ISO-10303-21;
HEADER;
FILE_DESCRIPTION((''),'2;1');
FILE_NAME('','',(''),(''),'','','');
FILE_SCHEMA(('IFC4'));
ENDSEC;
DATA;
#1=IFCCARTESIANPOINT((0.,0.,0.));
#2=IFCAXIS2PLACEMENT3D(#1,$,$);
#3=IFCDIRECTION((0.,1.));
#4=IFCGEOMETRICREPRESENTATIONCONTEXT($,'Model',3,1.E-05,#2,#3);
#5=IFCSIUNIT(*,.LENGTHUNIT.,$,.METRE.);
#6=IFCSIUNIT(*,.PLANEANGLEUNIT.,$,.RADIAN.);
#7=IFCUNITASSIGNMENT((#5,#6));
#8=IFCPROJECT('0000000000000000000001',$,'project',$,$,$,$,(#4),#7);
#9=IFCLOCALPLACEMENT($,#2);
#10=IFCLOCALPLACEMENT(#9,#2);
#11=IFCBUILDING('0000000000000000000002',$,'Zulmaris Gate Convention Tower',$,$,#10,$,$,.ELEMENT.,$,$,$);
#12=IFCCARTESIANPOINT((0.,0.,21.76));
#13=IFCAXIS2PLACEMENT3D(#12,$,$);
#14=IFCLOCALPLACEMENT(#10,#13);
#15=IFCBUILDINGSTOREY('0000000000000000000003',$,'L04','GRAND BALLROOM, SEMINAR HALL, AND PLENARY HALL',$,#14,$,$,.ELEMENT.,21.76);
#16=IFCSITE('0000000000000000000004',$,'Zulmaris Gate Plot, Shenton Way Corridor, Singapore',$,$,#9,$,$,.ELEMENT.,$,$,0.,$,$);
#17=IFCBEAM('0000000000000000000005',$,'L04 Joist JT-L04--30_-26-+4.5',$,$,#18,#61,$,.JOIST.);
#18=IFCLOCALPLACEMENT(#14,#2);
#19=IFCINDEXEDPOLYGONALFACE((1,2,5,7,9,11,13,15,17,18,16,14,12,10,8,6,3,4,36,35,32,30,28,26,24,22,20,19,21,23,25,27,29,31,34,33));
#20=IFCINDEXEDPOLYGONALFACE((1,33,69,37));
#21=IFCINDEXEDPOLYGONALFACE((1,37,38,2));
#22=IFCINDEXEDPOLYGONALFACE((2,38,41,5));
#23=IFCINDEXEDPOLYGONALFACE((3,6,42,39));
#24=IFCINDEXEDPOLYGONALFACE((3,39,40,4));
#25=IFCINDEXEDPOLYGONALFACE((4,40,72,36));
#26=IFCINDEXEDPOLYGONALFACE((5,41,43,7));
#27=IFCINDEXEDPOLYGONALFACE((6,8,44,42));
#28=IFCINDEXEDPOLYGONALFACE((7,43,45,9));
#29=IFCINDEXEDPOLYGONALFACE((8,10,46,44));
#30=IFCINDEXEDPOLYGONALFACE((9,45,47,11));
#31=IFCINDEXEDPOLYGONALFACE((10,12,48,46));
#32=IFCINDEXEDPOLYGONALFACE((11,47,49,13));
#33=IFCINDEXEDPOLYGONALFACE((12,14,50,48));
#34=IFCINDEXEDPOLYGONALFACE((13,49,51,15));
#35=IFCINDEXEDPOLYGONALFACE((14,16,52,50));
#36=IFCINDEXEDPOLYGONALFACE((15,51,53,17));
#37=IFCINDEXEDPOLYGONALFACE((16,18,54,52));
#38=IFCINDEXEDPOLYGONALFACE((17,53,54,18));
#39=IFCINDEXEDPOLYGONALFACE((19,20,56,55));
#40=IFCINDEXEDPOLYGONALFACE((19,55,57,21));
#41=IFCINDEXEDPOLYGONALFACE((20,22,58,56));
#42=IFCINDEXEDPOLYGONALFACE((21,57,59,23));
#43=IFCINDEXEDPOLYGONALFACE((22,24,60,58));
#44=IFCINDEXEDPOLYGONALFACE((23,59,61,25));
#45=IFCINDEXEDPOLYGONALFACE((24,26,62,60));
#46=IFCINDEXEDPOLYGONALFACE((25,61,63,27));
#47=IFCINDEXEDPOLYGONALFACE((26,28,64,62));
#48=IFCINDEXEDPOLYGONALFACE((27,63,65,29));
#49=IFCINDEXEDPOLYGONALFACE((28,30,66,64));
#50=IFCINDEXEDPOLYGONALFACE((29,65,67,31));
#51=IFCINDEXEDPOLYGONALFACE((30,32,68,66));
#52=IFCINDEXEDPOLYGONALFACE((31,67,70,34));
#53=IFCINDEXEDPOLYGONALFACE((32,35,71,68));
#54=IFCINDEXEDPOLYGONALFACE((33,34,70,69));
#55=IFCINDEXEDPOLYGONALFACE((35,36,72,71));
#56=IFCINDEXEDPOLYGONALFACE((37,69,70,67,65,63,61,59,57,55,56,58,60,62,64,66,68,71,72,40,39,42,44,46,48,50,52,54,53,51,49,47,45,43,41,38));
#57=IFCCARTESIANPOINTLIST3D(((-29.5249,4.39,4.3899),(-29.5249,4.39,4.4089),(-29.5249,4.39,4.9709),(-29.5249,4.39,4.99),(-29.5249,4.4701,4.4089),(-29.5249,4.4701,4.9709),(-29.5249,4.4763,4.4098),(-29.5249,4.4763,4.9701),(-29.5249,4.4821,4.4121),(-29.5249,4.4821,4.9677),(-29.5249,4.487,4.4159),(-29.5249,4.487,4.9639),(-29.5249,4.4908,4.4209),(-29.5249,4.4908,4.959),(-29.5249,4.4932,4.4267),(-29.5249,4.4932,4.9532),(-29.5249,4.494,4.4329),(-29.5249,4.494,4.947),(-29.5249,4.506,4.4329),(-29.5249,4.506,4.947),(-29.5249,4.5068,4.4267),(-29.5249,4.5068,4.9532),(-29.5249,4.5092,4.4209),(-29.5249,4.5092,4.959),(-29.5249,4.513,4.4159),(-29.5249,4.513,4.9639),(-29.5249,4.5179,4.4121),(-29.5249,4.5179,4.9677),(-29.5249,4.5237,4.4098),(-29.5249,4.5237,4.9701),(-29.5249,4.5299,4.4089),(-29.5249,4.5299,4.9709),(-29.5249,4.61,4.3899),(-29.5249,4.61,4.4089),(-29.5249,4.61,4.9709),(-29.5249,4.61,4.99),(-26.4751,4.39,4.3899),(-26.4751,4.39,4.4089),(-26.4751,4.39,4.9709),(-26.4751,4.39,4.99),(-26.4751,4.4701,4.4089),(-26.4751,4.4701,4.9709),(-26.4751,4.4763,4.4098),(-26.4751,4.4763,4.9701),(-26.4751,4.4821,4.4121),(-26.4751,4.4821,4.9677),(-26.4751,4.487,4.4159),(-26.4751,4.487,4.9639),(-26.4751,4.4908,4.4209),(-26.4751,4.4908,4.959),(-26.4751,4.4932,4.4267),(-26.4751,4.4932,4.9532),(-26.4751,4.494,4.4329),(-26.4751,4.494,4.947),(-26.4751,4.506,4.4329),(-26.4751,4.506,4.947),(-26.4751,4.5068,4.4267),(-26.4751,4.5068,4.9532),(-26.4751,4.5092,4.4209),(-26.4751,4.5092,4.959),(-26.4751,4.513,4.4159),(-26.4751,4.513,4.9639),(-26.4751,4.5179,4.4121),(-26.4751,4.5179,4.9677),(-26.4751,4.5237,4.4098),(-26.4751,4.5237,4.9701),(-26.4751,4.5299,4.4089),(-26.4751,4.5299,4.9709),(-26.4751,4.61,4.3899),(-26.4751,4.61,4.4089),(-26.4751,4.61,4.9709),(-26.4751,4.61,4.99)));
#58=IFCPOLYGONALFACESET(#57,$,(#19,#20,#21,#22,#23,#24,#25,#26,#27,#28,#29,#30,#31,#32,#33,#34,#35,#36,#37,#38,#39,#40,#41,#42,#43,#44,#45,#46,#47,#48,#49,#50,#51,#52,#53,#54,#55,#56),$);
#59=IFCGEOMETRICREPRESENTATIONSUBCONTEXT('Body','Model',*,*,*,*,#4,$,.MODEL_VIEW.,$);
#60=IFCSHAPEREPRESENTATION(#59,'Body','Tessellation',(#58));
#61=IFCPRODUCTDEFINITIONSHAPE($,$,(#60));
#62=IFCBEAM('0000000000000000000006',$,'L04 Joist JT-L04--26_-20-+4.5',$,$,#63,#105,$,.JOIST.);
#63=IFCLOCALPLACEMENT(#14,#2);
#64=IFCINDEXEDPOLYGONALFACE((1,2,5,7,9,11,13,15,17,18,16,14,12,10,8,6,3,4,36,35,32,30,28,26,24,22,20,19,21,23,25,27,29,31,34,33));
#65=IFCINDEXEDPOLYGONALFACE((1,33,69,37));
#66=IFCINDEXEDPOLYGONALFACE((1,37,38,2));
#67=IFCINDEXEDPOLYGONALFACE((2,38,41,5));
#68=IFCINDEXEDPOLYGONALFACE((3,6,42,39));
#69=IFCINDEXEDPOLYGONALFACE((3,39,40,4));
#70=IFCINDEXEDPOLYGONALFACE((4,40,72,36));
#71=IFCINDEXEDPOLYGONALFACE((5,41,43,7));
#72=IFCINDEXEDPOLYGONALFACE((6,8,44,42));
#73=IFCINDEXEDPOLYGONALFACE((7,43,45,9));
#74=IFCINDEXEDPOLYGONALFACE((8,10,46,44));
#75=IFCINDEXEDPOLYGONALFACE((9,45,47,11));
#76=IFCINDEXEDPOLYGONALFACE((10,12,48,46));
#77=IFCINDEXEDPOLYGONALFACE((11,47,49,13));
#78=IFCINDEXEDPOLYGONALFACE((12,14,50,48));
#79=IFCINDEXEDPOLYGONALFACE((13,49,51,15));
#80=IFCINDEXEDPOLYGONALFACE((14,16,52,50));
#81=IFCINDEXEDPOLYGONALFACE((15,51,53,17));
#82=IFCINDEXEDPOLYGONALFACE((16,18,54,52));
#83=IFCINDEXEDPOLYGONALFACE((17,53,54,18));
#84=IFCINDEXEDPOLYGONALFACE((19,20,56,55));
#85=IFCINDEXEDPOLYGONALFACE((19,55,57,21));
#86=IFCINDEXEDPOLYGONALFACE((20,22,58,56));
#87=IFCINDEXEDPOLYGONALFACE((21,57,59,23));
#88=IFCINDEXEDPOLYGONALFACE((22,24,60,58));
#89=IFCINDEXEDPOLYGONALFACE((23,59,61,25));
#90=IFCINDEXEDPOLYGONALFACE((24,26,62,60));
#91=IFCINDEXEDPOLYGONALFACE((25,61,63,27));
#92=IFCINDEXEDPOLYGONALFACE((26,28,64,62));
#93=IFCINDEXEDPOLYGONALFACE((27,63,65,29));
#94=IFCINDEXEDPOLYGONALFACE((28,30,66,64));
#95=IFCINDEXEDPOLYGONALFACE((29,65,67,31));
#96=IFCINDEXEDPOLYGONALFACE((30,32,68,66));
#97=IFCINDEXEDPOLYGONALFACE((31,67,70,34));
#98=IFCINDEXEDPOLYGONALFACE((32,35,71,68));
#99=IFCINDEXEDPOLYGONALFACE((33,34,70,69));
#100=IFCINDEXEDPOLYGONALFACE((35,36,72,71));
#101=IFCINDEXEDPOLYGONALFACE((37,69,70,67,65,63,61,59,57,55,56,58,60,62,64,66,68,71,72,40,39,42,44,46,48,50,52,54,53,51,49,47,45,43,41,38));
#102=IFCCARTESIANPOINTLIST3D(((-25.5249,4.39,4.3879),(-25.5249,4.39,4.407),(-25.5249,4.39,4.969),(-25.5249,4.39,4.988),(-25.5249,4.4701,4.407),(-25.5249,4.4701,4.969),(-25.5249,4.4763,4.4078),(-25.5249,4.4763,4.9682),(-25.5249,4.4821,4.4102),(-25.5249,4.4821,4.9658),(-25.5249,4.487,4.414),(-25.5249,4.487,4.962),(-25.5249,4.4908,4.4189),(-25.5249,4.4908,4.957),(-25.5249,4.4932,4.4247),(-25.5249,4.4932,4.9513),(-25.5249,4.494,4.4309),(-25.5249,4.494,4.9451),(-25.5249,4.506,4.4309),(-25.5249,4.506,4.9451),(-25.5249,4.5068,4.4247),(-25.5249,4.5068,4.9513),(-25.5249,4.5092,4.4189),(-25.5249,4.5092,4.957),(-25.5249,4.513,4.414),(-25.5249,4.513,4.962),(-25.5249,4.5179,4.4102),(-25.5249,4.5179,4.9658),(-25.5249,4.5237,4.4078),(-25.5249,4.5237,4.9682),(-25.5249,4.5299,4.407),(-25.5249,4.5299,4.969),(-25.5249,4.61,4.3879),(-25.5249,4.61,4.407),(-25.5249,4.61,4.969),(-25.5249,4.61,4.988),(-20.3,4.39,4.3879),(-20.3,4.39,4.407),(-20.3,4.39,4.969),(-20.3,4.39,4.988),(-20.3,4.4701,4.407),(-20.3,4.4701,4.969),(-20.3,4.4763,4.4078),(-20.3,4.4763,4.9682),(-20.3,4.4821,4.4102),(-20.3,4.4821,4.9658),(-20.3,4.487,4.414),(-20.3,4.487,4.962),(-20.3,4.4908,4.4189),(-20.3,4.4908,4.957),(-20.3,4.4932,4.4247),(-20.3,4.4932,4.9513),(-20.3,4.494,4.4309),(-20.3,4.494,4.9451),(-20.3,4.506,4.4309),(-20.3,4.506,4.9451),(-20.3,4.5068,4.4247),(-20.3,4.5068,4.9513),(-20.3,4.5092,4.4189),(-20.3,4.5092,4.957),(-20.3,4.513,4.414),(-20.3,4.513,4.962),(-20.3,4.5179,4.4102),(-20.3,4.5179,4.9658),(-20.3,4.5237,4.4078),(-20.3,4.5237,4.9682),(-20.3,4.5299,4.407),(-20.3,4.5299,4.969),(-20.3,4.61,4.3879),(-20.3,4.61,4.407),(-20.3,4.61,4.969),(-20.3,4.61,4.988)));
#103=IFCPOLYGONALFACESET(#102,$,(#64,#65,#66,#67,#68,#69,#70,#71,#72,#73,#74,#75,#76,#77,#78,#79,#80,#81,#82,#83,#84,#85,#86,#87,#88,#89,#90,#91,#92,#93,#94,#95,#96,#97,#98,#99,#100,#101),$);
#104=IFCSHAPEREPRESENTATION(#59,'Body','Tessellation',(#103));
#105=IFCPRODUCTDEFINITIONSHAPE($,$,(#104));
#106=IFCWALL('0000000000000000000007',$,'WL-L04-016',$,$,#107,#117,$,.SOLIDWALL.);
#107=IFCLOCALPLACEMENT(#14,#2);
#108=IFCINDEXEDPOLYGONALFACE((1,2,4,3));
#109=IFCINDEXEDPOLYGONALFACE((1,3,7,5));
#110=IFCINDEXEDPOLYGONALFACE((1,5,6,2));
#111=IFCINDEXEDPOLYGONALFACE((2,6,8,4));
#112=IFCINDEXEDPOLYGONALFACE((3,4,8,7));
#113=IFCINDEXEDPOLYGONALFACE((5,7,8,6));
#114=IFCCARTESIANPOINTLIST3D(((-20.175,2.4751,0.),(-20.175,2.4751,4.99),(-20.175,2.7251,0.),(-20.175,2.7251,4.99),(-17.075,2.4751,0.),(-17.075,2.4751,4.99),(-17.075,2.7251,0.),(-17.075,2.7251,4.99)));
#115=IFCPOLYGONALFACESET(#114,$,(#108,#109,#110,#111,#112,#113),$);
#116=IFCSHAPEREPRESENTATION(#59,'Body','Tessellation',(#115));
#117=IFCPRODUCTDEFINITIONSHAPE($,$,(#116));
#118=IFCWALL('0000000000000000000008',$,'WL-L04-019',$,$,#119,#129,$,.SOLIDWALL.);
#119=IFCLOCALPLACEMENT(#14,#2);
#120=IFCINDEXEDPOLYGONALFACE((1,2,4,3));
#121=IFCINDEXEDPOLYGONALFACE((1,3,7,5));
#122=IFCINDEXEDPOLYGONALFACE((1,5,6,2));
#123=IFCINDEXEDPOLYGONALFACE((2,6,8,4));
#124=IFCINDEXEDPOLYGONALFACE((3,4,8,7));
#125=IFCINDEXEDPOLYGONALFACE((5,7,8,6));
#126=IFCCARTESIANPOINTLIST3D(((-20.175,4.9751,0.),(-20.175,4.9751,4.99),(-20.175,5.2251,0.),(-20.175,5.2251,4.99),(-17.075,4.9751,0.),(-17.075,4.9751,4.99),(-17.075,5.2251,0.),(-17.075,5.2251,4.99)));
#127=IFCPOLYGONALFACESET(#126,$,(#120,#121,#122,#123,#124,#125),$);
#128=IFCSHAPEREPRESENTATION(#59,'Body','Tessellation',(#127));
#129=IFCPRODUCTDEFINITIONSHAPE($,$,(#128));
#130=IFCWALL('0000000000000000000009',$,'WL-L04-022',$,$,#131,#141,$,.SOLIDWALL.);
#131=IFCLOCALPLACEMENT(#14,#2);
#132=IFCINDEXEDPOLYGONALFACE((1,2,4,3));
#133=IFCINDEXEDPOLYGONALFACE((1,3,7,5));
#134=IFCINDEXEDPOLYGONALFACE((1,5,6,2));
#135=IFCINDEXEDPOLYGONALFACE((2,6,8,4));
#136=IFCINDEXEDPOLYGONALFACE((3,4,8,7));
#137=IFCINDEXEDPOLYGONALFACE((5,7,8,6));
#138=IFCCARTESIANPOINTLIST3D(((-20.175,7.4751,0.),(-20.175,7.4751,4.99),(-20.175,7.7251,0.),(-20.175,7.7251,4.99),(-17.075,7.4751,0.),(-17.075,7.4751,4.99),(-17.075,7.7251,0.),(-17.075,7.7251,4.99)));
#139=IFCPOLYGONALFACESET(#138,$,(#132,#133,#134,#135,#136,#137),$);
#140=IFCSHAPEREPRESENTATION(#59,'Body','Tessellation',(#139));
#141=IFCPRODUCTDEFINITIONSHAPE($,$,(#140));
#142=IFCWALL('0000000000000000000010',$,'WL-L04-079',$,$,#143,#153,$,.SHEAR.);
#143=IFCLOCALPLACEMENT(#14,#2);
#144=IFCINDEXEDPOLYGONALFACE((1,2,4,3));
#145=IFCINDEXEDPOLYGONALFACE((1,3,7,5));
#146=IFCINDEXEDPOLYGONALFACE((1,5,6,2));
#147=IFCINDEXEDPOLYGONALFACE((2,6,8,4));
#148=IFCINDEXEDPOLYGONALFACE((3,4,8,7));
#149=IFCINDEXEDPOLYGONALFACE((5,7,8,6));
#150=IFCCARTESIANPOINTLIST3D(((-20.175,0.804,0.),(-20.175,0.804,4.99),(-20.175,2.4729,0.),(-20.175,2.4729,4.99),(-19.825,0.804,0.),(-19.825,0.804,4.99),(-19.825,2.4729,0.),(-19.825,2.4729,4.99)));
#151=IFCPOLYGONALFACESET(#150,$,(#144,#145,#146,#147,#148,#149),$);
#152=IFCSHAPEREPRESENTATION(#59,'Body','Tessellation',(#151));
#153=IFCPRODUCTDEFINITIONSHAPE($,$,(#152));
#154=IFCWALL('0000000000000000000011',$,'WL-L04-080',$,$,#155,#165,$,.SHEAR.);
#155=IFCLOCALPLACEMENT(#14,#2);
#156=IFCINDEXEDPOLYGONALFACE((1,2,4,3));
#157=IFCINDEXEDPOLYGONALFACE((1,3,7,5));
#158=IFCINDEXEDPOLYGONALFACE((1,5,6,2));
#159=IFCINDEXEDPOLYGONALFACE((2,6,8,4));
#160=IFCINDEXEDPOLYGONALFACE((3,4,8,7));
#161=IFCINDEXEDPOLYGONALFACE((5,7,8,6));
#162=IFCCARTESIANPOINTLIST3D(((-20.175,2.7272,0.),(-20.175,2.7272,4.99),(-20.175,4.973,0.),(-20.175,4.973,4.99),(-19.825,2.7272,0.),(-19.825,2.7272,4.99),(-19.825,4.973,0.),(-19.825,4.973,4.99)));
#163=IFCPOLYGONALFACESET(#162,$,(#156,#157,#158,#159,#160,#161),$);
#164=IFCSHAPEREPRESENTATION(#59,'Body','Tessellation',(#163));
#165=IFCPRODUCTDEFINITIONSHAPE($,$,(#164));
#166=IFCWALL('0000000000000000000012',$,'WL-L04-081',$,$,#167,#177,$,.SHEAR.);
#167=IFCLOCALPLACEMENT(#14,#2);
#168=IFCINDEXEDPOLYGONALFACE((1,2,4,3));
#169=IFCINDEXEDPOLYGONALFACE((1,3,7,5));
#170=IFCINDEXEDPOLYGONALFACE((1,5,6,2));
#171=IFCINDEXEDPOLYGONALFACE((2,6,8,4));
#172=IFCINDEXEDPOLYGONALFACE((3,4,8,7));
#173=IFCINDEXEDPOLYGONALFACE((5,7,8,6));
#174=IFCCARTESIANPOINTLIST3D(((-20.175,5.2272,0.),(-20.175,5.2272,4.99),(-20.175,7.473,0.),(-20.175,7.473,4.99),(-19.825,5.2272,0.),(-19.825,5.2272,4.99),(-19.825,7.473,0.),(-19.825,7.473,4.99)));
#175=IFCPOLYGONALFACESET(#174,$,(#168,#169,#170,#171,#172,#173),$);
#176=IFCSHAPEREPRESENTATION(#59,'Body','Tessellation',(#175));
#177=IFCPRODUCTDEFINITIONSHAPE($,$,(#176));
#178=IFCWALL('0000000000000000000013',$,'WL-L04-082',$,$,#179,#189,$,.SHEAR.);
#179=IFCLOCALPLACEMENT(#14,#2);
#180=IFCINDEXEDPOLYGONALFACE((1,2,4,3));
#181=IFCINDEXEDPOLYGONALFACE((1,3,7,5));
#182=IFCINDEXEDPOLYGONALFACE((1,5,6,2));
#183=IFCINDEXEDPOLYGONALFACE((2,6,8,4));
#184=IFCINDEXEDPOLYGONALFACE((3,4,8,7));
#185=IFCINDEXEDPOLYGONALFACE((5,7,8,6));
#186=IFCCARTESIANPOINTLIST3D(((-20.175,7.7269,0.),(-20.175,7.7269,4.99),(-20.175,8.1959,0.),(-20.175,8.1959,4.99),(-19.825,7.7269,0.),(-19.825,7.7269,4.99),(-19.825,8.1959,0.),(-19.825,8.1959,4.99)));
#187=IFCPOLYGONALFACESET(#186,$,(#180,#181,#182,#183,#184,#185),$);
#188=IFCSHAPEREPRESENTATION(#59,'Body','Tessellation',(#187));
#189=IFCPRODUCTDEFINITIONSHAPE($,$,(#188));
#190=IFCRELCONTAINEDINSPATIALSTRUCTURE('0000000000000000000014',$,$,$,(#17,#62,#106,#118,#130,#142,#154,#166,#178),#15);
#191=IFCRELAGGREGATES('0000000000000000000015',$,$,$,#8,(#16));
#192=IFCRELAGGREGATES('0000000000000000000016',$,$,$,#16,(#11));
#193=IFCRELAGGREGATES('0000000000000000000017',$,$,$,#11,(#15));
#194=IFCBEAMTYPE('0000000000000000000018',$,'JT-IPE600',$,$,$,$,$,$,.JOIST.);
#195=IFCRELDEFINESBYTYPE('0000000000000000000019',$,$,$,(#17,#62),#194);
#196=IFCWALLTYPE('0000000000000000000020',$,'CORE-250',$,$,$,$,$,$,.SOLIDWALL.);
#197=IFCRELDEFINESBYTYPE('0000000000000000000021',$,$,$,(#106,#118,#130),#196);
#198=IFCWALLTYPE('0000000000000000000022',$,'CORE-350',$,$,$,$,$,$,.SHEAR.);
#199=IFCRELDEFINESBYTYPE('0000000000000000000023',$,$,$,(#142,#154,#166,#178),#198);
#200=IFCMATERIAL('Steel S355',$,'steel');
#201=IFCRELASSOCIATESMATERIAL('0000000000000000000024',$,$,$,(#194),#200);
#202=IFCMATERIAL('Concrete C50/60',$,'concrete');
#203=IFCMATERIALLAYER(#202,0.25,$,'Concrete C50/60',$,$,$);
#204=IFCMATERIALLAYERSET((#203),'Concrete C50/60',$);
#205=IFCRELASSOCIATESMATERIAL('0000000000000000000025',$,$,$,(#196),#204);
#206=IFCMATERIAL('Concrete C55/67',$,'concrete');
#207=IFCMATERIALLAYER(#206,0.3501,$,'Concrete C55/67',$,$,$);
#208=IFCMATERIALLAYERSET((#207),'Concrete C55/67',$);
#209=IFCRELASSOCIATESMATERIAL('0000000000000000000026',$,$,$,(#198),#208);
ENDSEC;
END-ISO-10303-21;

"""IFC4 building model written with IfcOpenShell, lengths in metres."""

from ifc_helpers import new_model, si_unit, direction, frame, frame_2d, origin, origin_2d, place, context, subcontext, project, spatial, rectangle, i_section, extrude, material, layer, layer_set, material_profile, profile_set, type_object, element, save


model = new_model("IFC4")

# Units and contexts
model_context = context("Model", 3, precision=1e-05, world=origin(), true_north=direction((0.0, 1.0)))
body_context = subcontext(model_context, "Body", "Model", "MODEL_VIEW")
ifc_project = project(units=[si_unit("LENGTHUNIT", "METRE"), si_unit("PLANEANGLEUNIT", "RADIAN")], contexts=[model_context])

# Site, building, storey
site_placement = place(None, origin())
site = spatial("IfcSite", under=ifc_project, at=site_placement, Name="Zulmaris Gate Plot, Shenton Way Corridor, Singapore", CompositionType="ELEMENT", RefElevation=0.0)
building_placement = place(site_placement, origin())
building = spatial("IfcBuilding", under=site, at=building_placement, Name="Zulmaris Gate Convention Tower", CompositionType="ELEMENT")
storey_placement = place(building_placement, frame((0.0, 0.0, 21.76)))
storey = spatial("IfcBuildingStorey", under=building, at=storey_placement, Name="L04", Description="GRAND BALLROOM, SEMINAR HALL, AND PLENARY HALL", CompositionType="ELEMENT", Elevation=21.76)

# Beams
ifc_material_1 = material(Name="Steel S355", Category="steel")
ifc_material_profile_1 = material_profile(ifc_material_1, i_section(OverallWidth=0.22, OverallDepth=0.6001, WebThickness=0.012, FlangeThickness=0.019, FilletRadius=0.0239, at=origin_2d()), Name="IPE 600")
ifc_profile_set_1 = profile_set([ifc_material_profile_1], Name="Steel S355")
beam_type_1 = type_object("IfcBeamType", Name="JT-IPE600", PredefinedType="JOIST", material=ifc_profile_set_1)
beam_1_placement = place(storey_placement, frame((-29.5249, 4.5, 4.6899), z_axis=(1.0, 0.0, 0.0), x_axis=(0.0, 1.0, 0.0)))
element("IfcBeam", 1, at=beam_1_placement, inside=storey, type_object=beam_type_1, Name="L04 Joist JT-L04--30_-26-+4.5", PredefinedType="JOIST", context=body_context, shape_type="SweptSolid", body=[
    extrude(i_section(OverallWidth=0.22, OverallDepth=0.6001, WebThickness=0.012, FlangeThickness=0.019, FilletRadius=0.0239, at=origin_2d()), origin(), (0.0, 0.0, 1.0), 3.0498),
])
beam_2_placement = place(storey_placement, frame((-25.5249, 4.5, 4.688), z_axis=(1.0, 0.0, 0.0), x_axis=(0.0, 1.0, 0.0)))
element("IfcBeam", 2, at=beam_2_placement, inside=storey, type_object=beam_type_1, Name="L04 Joist JT-L04--26_-20-+4.5", PredefinedType="JOIST", context=body_context, shape_type="SweptSolid", body=[
    extrude(i_section(OverallWidth=0.22, OverallDepth=0.6001, WebThickness=0.012, FlangeThickness=0.019, FilletRadius=0.0239, at=origin_2d()), origin(), (0.0, 0.0, 1.0), 5.2249),
])

# Walls
ifc_material_2 = material(Name="Concrete C50/60", Category="concrete")
ifc_layer_1 = layer(ifc_material_2, 0.25, Name="Concrete C50/60")
ifc_layer_set_1 = layer_set([ifc_layer_1], Name="Concrete C50/60")
wall_type_1 = type_object("IfcWallType", Name="CORE-250", PredefinedType="SOLIDWALL", material=ifc_layer_set_1)
for number, where, z_axis, x_axis, name in (
    (3, (-20.175, 2.6001, 0.0), (0.0, 0.0, 1.0), (1.0, 0.0, 0.0), "WL-L04-016"),
    (4, (-20.175, 5.1001, 0.0), (0.0, 0.0, 1.0), (1.0, 0.0, 0.0), "WL-L04-019"),
    (5, (-20.175, 7.6001, 0.0), (0.0, 0.0, 1.0), (1.0, 0.0, 0.0), "WL-L04-022"),
):
    element("IfcWall", number, at=place(storey_placement, frame(where, z_axis=z_axis, x_axis=x_axis)), inside=storey, type_object=wall_type_1, Name=name, PredefinedType="SOLIDWALL", context=body_context, shape_type="SweptSolid", body=[
        extrude(rectangle(XDim=3.1001, YDim=0.25, at=frame_2d((1.55, 0.0))), origin(), (0.0, 0.0, 1.0), 4.99),
    ])
ifc_material_3 = material(Name="Concrete C55/67", Category="concrete")
ifc_layer_2 = layer(ifc_material_3, 0.3501, Name="Concrete C55/67")
ifc_layer_set_2 = layer_set([ifc_layer_2], Name="Concrete C55/67")
wall_type_2 = type_object("IfcWallType", Name="CORE-350", PredefinedType="SHEAR", material=ifc_layer_set_2)
wall_1_placement = place(storey_placement, frame((-20.0, 0.804, 0.0), z_axis=(0.0, 0.0, 1.0), x_axis=(0.0, 1.0, 0.0)))
element("IfcWall", 6, at=wall_1_placement, inside=storey, type_object=wall_type_2, Name="WL-L04-079", PredefinedType="SHEAR", context=body_context, shape_type="SweptSolid", body=[
    extrude(rectangle(XDim=1.6689, YDim=0.3501, at=frame_2d((0.8345, 0.0))), origin(), (0.0, 0.0, 1.0), 4.99),
])
for number, where, z_axis, x_axis, name in (
    (7, (-20.0, 2.7271, 0.0), (0.0, 0.0, 1.0), (0.0, 1.0, 0.0), "WL-L04-080"),
    (8, (-20.0, 5.2271, 0.0), (0.0, 0.0, 1.0), (0.0, 1.0, 0.0), "WL-L04-081"),
):
    element("IfcWall", number, at=place(storey_placement, frame(where, z_axis=z_axis, x_axis=x_axis)), inside=storey, type_object=wall_type_2, Name=name, PredefinedType="SHEAR", context=body_context, shape_type="SweptSolid", body=[
        extrude(rectangle(XDim=2.2458, YDim=0.3501, at=frame_2d((1.123, 0.0))), origin(), (0.0, 0.0, 1.0), 4.99),
    ])
wall_2_placement = place(storey_placement, frame((-20.0, 7.7271, 0.0), z_axis=(0.0, 0.0, 1.0), x_axis=(0.0, 1.0, 0.0)))
element("IfcWall", 9, at=wall_2_placement, inside=storey, type_object=wall_type_2, Name="WL-L04-082", PredefinedType="SHEAR", context=body_context, shape_type="SweptSolid", body=[
    extrude(rectangle(XDim=0.469, YDim=0.3501, at=frame_2d((0.2344, 0.0))), origin(), (0.0, 0.0, 1.0), 4.99),
])

save(model, "model.ifc")
